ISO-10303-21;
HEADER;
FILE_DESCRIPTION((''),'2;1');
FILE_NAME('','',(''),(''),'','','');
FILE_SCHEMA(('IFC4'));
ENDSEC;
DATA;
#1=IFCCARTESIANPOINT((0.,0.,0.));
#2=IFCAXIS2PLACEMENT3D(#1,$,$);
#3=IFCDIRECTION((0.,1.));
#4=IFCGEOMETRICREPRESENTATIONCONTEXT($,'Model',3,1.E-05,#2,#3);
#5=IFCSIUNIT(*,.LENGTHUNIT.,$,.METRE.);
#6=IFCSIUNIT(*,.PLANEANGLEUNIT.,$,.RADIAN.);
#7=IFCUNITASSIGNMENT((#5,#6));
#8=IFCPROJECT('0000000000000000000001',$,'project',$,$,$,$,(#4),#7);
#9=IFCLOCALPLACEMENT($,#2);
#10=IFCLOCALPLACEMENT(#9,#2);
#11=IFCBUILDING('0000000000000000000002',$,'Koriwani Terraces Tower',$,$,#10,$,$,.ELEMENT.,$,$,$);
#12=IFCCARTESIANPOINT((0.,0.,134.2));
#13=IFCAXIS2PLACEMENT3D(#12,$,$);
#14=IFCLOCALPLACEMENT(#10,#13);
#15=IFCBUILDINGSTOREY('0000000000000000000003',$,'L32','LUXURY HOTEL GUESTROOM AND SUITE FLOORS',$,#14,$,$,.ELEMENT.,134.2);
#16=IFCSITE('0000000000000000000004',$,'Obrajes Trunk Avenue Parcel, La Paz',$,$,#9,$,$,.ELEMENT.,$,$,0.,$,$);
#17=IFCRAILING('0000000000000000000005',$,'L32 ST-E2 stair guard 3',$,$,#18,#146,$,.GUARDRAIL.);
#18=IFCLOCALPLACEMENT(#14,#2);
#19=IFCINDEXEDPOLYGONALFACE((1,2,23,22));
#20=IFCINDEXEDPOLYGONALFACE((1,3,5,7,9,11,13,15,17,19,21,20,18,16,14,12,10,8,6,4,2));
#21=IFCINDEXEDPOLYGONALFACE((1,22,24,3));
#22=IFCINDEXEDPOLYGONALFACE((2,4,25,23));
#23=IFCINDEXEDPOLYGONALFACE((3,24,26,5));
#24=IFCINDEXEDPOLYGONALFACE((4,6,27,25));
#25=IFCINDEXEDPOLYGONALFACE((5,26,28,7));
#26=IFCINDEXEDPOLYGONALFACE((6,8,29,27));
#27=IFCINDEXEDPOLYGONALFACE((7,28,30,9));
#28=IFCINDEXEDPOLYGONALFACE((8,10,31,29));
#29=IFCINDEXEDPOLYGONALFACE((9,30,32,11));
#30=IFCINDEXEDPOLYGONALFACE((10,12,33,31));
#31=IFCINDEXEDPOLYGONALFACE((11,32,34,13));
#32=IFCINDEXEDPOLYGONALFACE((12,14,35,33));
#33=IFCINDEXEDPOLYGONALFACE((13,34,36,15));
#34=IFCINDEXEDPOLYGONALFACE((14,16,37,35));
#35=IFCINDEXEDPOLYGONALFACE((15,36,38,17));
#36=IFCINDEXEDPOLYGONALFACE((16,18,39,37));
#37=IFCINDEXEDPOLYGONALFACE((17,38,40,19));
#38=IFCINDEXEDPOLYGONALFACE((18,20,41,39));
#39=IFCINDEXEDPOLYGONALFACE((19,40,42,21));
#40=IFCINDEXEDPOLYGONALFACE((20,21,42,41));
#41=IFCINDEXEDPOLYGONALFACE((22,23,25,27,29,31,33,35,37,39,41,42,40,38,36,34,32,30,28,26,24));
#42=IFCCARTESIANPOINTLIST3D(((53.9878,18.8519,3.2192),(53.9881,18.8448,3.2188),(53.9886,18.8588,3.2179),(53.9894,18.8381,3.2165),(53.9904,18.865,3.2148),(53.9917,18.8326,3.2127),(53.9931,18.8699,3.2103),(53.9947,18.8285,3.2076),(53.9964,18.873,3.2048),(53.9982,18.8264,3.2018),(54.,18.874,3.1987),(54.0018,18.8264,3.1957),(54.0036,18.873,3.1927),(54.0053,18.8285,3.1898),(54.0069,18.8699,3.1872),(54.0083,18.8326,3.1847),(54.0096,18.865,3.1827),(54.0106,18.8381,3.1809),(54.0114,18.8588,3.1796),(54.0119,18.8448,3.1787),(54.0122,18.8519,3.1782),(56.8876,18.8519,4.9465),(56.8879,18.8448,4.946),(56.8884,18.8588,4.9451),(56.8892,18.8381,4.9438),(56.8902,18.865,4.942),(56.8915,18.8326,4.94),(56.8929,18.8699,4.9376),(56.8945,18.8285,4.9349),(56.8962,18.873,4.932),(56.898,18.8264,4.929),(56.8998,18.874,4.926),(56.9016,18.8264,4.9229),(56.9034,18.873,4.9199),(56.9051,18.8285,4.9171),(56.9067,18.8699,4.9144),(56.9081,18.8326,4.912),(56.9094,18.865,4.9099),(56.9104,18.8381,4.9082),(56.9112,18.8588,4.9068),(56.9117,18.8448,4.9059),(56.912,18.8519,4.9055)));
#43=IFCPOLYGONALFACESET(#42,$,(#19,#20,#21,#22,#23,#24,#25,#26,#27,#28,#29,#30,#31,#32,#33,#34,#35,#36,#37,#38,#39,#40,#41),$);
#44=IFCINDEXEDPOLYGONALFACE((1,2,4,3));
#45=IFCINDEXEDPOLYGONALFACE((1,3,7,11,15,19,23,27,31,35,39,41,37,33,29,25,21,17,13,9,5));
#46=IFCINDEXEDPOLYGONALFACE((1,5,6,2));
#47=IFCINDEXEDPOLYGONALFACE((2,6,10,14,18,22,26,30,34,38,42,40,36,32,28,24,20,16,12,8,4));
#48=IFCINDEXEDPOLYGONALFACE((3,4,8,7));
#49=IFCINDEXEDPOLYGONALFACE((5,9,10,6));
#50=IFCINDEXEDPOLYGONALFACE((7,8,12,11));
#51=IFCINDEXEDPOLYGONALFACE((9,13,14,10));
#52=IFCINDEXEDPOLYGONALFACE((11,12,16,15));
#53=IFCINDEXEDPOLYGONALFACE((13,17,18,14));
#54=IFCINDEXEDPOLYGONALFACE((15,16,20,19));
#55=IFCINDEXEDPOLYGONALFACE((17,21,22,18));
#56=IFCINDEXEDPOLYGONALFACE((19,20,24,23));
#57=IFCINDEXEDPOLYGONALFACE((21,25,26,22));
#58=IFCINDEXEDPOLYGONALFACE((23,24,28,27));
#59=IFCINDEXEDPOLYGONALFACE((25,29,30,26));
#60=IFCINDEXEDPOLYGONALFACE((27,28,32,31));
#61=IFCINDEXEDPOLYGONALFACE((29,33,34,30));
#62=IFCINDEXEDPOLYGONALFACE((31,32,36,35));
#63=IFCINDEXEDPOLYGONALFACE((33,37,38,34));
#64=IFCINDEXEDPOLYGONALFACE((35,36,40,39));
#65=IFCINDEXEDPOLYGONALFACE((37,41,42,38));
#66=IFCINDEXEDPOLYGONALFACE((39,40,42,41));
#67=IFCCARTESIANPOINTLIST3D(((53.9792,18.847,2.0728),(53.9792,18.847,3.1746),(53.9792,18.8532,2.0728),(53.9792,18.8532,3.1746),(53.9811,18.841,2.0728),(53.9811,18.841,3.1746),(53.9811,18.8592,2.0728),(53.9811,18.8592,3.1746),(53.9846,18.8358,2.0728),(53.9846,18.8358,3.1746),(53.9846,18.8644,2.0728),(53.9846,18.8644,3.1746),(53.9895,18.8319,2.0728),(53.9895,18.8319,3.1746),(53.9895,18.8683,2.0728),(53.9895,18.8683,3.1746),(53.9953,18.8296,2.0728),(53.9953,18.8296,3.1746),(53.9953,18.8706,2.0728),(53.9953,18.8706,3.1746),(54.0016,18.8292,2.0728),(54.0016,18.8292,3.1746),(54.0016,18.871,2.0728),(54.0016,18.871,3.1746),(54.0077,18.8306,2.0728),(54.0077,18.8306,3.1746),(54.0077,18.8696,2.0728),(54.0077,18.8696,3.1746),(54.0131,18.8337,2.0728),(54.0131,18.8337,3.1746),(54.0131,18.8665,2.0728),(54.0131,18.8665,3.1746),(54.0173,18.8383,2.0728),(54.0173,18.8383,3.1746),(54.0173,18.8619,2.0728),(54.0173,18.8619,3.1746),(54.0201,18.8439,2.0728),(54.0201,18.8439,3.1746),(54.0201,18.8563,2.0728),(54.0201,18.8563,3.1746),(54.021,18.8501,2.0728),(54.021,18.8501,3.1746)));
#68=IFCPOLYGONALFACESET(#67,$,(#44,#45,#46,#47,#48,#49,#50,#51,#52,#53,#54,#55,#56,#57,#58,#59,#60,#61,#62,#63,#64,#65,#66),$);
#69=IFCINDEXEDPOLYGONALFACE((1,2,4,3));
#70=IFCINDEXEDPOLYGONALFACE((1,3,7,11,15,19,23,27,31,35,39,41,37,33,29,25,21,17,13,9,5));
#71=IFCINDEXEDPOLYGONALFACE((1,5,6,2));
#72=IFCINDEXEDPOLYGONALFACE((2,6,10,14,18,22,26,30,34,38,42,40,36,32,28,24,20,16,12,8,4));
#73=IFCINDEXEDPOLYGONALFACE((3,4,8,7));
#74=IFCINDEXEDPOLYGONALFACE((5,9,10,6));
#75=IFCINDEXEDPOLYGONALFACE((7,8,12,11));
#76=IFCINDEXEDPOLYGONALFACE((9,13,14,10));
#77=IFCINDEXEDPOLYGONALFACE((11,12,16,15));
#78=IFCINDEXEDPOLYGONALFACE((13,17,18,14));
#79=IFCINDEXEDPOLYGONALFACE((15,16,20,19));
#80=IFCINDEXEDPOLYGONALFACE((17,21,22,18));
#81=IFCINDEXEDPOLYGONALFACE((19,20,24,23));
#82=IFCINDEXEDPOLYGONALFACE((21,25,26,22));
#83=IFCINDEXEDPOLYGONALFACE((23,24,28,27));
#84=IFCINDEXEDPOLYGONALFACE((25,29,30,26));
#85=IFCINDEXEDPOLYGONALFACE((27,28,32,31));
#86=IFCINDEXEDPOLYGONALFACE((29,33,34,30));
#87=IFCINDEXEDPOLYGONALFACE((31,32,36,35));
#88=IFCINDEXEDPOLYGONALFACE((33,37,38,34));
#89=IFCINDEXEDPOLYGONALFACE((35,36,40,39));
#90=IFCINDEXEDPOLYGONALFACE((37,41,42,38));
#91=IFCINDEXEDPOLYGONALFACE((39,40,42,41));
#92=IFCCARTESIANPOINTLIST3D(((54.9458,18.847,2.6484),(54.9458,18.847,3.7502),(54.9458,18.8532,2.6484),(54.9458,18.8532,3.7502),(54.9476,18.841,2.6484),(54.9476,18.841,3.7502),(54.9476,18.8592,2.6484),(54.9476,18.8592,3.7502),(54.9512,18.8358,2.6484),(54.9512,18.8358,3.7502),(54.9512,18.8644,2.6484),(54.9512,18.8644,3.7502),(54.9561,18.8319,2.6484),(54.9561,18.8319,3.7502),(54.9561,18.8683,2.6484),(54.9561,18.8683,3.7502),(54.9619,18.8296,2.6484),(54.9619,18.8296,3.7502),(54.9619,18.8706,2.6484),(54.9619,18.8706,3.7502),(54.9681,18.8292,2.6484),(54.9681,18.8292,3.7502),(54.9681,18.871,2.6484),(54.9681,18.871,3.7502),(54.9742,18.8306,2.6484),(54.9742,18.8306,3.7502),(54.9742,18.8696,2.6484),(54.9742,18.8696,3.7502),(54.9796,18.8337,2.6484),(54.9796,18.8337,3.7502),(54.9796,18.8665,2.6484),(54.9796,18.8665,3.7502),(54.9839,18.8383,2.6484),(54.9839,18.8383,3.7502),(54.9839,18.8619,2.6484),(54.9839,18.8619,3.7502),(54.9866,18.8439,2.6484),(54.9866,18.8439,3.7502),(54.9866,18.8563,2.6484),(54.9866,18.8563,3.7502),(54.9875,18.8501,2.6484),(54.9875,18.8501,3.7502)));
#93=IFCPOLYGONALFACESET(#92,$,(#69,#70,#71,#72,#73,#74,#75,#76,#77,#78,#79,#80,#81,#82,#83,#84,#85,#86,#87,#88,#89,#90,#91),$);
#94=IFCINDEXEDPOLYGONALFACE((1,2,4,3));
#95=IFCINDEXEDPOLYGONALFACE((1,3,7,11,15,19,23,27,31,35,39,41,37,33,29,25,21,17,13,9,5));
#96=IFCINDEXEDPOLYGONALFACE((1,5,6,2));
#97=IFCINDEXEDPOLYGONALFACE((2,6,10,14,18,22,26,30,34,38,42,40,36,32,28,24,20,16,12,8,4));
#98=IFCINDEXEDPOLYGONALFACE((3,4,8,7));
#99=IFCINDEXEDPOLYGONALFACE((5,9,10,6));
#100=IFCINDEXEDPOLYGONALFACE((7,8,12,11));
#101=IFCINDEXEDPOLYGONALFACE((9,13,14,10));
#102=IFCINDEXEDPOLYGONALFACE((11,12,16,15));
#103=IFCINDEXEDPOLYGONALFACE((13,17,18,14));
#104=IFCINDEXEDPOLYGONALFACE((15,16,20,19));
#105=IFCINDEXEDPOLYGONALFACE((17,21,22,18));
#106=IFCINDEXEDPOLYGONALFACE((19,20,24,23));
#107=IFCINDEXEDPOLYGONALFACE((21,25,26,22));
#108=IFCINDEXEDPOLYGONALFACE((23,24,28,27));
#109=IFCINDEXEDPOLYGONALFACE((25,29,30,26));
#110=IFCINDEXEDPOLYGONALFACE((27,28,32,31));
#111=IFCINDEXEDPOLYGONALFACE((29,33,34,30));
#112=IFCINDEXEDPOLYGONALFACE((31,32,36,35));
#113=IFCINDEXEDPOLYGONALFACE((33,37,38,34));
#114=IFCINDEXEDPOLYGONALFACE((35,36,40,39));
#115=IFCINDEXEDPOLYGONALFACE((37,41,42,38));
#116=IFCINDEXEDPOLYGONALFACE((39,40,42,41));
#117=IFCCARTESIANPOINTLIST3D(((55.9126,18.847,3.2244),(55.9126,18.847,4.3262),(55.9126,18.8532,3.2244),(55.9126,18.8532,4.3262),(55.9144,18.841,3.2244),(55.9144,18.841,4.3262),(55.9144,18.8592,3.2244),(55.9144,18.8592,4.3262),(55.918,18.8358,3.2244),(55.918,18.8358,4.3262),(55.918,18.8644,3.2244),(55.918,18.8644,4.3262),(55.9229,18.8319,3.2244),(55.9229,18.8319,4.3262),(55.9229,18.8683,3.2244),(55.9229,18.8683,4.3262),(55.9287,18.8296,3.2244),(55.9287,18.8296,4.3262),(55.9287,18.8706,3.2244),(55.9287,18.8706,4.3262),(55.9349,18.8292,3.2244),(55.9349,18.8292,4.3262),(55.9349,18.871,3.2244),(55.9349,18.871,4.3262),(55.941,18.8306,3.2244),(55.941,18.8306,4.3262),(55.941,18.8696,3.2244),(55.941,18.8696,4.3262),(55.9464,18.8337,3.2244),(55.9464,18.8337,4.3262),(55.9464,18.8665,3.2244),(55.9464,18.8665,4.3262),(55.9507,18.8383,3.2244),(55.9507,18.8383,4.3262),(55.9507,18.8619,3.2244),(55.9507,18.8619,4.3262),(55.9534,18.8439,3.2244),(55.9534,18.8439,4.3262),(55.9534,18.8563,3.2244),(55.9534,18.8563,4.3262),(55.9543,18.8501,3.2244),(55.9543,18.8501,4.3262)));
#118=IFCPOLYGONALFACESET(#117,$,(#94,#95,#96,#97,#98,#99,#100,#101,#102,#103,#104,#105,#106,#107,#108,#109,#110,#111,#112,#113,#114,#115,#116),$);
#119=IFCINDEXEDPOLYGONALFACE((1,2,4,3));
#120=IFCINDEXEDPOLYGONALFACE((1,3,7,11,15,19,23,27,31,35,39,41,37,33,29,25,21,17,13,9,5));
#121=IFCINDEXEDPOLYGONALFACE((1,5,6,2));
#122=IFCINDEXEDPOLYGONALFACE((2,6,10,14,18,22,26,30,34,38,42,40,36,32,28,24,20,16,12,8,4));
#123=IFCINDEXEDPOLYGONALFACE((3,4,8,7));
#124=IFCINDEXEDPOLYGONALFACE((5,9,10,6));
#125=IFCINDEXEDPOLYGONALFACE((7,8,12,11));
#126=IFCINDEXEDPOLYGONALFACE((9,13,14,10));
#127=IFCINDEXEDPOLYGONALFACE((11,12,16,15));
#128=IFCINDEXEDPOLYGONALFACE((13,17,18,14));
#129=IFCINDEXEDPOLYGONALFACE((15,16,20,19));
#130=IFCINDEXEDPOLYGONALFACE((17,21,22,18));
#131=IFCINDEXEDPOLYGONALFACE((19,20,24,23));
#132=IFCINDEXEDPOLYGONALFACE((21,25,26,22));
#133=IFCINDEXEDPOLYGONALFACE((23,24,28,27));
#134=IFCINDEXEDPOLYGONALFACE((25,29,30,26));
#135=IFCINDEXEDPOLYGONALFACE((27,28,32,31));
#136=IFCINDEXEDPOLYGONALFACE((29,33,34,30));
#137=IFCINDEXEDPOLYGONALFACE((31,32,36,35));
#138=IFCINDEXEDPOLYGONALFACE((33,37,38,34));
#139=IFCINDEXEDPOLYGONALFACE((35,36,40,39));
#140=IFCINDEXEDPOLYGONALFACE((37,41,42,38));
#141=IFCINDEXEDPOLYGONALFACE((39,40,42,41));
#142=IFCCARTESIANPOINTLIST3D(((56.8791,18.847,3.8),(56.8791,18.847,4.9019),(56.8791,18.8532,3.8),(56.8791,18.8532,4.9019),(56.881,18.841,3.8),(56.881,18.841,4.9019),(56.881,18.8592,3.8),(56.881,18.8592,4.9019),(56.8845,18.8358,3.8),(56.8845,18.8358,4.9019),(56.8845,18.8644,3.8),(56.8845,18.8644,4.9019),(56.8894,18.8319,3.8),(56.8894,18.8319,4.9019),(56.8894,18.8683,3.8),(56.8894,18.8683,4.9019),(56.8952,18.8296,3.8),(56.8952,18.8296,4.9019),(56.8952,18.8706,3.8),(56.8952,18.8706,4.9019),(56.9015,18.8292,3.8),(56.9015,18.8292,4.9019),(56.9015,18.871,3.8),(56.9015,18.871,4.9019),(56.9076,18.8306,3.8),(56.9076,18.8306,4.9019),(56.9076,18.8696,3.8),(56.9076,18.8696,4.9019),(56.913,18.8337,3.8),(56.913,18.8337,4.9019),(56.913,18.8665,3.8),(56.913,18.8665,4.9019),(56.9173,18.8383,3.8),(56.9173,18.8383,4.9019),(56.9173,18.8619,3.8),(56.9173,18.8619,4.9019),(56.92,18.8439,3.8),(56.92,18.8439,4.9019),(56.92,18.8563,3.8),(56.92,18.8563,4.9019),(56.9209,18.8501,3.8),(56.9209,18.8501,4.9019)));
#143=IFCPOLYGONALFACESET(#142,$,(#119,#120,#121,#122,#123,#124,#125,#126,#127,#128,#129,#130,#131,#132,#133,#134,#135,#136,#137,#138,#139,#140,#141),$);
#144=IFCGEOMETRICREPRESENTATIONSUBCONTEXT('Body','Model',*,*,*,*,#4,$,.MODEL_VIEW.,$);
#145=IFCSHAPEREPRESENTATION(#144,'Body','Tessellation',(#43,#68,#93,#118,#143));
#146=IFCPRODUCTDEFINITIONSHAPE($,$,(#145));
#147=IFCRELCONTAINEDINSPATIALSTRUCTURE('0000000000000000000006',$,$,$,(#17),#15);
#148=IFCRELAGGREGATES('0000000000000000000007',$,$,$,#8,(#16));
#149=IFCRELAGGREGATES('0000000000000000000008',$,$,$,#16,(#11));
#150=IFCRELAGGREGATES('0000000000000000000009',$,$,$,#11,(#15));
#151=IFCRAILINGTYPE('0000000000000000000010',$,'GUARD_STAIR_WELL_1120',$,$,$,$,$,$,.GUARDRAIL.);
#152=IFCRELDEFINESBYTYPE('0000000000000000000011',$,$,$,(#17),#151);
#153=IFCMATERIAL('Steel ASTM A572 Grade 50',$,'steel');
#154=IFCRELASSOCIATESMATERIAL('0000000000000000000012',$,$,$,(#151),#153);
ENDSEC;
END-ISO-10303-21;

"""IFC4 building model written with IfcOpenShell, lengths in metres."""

from ifc_helpers import new_model, si_unit, direction, frame, origin, origin_2d, place, context, subcontext, project, spatial, circle, extrude, material, type_object, element, save


model = new_model("IFC4")

# Units and contexts
model_context = context("Model", 3, precision=1e-05, world=origin(), true_north=direction((0.0, 1.0)))
body_context = subcontext(model_context, "Body", "Model", "MODEL_VIEW")
ifc_project = project(units=[si_unit("LENGTHUNIT", "METRE"), si_unit("PLANEANGLEUNIT", "RADIAN")], contexts=[model_context])

# Site, building, storey
site_placement = place(None, origin())
site = spatial("IfcSite", under=ifc_project, at=site_placement, Name="Obrajes Trunk Avenue Parcel, La Paz", CompositionType="ELEMENT", RefElevation=0.0)
building_placement = place(site_placement, origin())
building = spatial("IfcBuilding", under=site, at=building_placement, Name="Koriwani Terraces Tower", CompositionType="ELEMENT")
storey_placement = place(building_placement, frame((0.0, 0.0, 134.2)))
storey = spatial("IfcBuildingStorey", under=building, at=storey_placement, Name="L32", Description="LUXURY HOTEL GUESTROOM AND SUITE FLOORS", CompositionType="ELEMENT", Elevation=134.2)

# Shared definitions
ifc_material_1 = material(Name="Steel ASTM A572 Grade 50", Category="steel")

# Railing
railing_type_1 = type_object("IfcRailingType", Name="GUARD_STAIR_WELL_1120", PredefinedType="GUARDRAIL", material=ifc_material_1)
railing_1_placement = place(storey_placement, frame((54.0, 18.8501, 2.0728)))
element("IfcRailing", 1, at=railing_1_placement, inside=storey, type_object=railing_type_1, Name="L32 ST-E2 stair guard 3", PredefinedType="GUARDRAIL", context=body_context, shape_type="SweptSolid", body=[
    extrude(circle(Radius=0.0239, at=origin_2d()), frame((0.0, 0.0, 1.126), z_axis=(0.859141, 0.0, 0.511738), x_axis=(0.0, 1.0, 0.0)), (0.0, 0.0, 1.0), 3.3752),
    extrude(circle(Radius=0.021, at=origin_2d()), origin(), (0.0, 0.0, 1.0), 1.1018),
    extrude(circle(Radius=0.021, at=origin_2d()), frame((0.9666, 0.0, 0.5757)), (0.0, 0.0, 1.0), 1.1018),
    extrude(circle(Radius=0.021, at=origin_2d()), frame((1.9333, 0.0, 1.1516)), (0.0, 0.0, 1.0), 1.1018),
    extrude(circle(Radius=0.021, at=origin_2d()), frame((2.8999, 0.0, 1.7273)), (0.0, 0.0, 1.0), 1.1018),
])

save(model, "model.ifc")
